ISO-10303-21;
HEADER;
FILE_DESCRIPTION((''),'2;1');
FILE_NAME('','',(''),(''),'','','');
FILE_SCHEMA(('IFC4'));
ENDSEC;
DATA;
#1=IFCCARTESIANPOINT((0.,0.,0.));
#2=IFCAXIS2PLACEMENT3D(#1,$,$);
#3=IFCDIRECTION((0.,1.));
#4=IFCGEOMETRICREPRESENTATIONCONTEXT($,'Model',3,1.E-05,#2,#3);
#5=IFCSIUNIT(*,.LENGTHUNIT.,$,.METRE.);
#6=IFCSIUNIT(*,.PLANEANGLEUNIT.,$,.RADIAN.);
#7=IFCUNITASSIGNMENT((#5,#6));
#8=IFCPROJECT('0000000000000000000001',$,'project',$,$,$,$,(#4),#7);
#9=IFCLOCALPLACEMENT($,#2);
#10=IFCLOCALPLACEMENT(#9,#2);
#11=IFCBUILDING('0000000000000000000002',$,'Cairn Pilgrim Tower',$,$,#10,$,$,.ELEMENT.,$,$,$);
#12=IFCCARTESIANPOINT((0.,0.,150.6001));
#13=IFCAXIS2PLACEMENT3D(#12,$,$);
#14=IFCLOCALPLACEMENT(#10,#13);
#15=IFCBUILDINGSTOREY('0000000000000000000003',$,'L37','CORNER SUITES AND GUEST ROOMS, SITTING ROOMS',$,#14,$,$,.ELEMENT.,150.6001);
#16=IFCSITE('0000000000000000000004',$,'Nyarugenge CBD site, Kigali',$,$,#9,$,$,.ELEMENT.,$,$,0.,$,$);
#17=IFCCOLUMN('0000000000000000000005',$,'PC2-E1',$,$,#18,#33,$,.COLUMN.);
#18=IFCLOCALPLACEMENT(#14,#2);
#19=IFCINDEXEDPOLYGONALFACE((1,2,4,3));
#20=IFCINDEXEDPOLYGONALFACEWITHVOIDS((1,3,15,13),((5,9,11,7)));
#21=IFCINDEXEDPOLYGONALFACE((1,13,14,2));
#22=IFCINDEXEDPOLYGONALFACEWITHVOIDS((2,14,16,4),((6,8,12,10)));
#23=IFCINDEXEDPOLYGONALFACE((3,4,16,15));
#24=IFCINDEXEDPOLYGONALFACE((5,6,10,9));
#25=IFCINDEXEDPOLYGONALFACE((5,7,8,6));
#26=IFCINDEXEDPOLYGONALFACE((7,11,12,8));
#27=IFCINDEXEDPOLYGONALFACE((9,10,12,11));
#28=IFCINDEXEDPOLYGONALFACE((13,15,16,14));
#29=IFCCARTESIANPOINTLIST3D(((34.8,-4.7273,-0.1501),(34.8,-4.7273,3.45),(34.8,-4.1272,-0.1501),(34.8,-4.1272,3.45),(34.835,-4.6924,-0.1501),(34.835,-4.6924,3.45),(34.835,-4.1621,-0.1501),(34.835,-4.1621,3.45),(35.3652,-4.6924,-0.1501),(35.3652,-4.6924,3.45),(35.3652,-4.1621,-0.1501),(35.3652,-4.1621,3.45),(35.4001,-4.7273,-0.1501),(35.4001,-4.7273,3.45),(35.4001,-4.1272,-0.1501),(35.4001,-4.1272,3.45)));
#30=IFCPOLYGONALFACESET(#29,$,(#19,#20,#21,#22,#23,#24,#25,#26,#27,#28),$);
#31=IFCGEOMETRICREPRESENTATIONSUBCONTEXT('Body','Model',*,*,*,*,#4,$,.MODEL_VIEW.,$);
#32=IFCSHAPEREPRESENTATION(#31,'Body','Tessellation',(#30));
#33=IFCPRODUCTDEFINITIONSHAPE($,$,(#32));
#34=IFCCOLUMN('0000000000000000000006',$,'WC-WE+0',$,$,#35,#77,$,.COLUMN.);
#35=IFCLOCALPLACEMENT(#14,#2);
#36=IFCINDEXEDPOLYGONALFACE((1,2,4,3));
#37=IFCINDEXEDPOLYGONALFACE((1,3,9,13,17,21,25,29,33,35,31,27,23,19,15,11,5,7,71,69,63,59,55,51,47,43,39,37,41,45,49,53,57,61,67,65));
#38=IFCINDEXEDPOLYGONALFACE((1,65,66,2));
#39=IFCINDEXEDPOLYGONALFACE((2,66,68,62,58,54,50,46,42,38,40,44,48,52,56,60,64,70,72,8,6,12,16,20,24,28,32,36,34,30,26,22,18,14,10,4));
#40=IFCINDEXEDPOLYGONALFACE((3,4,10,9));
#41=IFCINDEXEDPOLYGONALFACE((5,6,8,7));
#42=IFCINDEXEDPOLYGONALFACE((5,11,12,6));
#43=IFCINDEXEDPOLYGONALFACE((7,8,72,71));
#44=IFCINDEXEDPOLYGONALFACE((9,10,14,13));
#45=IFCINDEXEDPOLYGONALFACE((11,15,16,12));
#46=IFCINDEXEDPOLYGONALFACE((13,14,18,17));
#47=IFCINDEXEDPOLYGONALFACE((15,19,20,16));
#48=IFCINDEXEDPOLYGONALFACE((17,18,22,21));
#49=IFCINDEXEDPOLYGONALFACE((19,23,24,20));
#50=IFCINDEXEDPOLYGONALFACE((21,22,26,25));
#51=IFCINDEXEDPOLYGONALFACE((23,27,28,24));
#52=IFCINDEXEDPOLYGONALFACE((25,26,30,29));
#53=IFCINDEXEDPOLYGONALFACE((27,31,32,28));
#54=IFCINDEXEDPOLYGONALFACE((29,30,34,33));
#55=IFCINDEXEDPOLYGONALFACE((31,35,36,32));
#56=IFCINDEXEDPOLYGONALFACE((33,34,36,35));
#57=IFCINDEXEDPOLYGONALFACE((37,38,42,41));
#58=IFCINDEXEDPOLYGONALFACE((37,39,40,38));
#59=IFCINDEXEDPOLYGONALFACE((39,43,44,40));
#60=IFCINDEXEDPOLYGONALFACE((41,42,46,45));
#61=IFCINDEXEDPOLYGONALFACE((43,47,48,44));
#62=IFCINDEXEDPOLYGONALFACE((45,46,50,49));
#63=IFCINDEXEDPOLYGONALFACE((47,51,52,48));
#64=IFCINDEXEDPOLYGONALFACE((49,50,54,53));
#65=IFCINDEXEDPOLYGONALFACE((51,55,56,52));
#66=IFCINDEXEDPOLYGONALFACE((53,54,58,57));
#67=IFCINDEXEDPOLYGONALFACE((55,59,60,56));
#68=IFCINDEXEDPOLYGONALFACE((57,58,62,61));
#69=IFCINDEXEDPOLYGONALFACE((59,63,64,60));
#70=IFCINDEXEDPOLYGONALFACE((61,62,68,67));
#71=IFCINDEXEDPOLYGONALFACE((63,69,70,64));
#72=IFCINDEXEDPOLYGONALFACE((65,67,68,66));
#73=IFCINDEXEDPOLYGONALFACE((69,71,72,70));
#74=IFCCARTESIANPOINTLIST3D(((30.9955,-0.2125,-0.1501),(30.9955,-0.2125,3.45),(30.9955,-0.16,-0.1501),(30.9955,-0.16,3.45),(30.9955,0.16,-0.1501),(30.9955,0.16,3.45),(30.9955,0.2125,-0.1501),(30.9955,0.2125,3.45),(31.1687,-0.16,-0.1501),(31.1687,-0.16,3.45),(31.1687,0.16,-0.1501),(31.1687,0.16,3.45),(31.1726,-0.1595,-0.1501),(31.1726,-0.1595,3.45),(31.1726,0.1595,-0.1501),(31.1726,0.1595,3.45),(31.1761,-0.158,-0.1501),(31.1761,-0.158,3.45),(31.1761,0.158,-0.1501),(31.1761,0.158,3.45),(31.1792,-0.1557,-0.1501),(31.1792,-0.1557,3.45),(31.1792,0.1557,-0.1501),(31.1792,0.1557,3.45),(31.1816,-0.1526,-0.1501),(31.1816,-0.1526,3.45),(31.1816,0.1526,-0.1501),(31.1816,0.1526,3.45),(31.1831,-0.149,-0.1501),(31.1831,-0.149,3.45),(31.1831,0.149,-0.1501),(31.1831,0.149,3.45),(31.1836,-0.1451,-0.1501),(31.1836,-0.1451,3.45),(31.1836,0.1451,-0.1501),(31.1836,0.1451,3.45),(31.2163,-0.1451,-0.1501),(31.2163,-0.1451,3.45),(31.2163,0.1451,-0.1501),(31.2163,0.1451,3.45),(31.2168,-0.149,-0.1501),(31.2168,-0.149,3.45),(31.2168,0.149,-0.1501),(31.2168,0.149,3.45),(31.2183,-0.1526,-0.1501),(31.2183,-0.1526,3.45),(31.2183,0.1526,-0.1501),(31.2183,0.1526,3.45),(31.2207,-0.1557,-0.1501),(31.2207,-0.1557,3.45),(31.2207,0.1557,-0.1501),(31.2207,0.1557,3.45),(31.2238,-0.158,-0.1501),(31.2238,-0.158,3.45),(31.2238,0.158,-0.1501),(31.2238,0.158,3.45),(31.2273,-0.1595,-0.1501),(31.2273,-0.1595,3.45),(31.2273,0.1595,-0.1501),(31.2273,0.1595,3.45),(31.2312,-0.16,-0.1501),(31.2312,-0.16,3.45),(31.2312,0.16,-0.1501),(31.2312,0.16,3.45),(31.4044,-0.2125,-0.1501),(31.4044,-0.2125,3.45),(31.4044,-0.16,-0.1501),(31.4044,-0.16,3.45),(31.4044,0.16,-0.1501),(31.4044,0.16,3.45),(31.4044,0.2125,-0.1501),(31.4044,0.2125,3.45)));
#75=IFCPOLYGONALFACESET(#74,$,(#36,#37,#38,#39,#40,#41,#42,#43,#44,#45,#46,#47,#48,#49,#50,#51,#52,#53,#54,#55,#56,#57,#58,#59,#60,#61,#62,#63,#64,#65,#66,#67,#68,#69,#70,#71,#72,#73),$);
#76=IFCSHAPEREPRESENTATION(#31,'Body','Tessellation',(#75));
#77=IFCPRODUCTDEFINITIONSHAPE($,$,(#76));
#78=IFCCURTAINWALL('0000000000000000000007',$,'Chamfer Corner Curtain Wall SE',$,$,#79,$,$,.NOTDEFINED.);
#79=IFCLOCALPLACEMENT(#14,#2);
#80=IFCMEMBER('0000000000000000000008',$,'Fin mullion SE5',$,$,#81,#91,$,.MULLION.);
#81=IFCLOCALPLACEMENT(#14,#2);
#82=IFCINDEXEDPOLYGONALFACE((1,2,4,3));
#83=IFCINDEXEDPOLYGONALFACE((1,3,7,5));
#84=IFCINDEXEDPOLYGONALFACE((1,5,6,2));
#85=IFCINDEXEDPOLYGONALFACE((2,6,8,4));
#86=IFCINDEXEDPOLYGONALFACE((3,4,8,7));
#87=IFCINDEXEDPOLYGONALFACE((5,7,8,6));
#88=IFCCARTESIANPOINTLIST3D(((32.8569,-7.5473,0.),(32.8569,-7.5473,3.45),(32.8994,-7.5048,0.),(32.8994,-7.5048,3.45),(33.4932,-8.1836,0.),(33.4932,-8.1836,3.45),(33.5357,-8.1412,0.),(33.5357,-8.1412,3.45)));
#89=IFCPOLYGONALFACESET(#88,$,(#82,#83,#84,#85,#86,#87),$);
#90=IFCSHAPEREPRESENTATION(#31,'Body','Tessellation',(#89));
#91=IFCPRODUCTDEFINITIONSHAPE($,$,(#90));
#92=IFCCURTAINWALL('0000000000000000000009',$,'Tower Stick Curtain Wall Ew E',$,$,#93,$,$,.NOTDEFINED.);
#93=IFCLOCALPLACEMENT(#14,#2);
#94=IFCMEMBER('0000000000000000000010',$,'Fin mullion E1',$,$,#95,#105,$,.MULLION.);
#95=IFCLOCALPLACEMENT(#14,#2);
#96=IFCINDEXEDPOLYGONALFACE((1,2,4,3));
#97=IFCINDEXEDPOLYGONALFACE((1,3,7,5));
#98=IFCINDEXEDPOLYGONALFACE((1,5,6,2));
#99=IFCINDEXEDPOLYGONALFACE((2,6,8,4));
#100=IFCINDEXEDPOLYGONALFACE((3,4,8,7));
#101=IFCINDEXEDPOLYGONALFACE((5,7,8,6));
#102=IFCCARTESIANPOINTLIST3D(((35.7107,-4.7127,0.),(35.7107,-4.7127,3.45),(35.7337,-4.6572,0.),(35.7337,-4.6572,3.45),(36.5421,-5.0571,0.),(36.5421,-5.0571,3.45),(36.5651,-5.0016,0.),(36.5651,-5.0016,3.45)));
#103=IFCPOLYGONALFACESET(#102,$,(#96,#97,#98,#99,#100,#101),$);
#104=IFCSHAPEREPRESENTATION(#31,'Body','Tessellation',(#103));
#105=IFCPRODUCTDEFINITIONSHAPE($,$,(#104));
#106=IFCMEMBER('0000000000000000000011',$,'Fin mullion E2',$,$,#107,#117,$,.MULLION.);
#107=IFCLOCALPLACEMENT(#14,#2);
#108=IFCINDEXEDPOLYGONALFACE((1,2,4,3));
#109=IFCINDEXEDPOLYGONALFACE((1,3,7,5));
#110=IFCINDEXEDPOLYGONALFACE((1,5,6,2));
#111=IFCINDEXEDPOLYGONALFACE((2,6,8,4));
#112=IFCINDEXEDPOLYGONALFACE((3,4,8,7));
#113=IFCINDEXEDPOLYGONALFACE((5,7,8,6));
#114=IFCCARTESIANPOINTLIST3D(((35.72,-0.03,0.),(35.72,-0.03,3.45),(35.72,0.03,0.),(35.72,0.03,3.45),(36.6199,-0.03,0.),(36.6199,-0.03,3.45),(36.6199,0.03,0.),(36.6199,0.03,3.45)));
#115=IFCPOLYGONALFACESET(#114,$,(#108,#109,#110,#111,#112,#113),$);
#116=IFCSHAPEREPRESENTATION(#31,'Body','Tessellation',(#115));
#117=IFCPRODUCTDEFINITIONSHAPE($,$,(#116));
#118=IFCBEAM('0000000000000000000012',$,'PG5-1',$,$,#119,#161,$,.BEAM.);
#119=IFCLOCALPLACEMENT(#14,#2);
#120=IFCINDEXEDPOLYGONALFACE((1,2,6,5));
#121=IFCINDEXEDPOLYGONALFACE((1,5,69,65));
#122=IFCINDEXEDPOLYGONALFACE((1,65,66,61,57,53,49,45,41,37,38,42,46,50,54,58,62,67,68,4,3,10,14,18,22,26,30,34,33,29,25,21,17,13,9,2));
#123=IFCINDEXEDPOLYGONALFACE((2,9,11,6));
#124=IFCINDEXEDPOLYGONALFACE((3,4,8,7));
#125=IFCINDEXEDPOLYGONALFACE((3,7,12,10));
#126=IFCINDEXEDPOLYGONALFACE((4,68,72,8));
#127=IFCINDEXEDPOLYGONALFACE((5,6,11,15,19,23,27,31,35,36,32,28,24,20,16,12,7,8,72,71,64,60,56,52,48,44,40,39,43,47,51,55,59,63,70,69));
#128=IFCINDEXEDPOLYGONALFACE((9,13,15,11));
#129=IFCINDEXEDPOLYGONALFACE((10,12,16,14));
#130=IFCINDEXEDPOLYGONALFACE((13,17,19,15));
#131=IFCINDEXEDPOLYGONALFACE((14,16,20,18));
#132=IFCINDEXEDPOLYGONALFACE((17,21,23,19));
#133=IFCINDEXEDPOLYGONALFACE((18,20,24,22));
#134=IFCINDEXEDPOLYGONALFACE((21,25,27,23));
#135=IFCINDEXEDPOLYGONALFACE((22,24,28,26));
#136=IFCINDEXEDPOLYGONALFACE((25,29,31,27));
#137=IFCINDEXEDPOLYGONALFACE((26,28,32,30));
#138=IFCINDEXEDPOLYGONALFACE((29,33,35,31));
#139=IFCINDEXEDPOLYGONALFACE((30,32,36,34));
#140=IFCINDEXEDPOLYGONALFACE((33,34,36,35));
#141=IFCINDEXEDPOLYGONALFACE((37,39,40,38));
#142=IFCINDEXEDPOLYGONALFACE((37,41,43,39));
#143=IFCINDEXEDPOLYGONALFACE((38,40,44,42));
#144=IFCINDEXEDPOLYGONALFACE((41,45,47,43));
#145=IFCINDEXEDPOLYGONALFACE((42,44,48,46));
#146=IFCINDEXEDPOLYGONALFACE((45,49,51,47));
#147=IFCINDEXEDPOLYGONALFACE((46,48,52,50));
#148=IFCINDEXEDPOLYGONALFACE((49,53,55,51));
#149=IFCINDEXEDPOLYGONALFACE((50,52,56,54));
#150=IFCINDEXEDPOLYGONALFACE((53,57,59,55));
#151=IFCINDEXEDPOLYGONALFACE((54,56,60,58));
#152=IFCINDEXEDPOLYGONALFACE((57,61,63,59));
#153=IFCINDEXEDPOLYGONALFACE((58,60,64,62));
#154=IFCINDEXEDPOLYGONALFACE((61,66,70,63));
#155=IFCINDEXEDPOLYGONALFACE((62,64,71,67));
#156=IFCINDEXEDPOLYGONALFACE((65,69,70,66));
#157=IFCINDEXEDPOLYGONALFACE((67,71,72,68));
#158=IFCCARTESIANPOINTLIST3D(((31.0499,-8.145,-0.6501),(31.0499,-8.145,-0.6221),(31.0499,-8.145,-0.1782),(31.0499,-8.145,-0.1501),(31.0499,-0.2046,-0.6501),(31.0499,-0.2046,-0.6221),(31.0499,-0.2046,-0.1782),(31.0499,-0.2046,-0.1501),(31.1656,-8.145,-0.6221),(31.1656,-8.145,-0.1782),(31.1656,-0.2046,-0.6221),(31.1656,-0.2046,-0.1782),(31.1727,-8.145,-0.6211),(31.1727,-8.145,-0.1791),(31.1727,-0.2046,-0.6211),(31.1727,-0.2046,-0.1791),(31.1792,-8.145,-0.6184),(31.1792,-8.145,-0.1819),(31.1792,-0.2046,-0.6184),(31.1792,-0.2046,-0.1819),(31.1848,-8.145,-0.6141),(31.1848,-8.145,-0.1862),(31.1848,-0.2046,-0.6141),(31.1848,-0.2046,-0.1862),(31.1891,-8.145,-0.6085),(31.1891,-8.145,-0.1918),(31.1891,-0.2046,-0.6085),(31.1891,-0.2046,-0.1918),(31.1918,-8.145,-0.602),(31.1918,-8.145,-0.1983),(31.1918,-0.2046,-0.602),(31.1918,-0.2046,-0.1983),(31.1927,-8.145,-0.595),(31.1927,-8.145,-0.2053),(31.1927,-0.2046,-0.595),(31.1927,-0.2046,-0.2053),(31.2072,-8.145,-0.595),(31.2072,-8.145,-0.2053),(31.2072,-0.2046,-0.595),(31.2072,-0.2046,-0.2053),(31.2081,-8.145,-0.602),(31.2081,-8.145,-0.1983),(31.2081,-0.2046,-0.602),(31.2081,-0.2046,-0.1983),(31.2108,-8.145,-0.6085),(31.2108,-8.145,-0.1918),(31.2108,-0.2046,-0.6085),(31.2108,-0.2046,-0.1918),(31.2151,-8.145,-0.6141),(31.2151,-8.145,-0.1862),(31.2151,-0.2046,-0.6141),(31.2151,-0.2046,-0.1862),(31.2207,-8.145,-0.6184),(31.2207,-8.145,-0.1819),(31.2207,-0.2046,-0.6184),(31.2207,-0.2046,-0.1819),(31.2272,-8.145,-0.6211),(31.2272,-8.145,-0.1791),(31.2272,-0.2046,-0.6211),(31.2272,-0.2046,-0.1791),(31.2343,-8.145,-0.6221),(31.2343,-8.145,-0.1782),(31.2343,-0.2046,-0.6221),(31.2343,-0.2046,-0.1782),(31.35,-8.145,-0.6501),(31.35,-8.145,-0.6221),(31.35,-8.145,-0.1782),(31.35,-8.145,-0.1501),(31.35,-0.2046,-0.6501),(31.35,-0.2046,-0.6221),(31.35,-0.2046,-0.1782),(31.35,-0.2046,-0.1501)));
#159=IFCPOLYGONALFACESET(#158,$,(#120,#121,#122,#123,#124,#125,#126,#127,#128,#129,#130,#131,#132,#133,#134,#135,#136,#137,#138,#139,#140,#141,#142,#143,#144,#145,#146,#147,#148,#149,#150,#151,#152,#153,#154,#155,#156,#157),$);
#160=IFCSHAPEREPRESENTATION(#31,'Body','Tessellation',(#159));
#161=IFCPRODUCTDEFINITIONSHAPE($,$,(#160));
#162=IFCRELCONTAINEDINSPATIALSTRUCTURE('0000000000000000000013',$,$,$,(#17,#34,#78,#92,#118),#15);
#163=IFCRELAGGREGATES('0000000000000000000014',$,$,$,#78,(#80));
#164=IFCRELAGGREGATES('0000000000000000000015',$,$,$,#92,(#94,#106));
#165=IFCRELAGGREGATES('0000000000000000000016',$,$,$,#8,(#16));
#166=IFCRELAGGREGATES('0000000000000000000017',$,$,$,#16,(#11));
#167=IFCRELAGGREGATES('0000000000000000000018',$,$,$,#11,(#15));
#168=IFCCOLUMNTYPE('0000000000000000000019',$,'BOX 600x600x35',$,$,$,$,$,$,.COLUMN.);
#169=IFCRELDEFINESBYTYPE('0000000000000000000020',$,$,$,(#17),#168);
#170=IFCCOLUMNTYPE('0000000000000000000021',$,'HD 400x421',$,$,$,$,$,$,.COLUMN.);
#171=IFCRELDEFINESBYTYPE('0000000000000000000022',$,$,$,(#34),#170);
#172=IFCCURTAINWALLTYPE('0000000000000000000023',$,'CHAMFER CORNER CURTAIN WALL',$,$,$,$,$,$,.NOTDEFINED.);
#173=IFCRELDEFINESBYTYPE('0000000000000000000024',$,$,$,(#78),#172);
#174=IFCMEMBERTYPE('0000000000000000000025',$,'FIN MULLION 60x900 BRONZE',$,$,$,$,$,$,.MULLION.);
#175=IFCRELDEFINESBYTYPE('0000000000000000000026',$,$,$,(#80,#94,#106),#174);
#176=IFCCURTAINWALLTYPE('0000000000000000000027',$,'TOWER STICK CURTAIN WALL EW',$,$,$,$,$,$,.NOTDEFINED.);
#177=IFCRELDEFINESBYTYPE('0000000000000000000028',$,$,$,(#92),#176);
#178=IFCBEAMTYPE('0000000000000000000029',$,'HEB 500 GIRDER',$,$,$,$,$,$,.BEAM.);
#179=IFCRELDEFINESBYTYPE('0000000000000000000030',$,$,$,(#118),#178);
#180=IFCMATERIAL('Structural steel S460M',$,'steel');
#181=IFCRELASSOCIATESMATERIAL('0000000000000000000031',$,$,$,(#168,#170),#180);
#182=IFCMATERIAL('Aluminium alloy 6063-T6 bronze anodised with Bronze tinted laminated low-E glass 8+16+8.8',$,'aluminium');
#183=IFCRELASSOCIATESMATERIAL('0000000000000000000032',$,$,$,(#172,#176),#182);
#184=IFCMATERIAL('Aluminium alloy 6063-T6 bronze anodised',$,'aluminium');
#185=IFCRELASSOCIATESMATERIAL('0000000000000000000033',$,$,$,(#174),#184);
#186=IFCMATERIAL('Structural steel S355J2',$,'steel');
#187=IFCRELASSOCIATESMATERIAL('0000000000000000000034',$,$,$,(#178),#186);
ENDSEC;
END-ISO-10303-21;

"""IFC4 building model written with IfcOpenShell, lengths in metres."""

from ifc_helpers import new_model, si_unit, direction, frame, origin, origin_2d, place, context, subcontext, project, spatial, rectangle, hollow_rectangle, i_section, extrude, material, material_profile, profile_set, type_object, element, aggregate, save


model = new_model("IFC4")

# Units and contexts
model_context = context("Model", 3, precision=1e-05, world=origin(), true_north=direction((0.0, 1.0)))
body_context = subcontext(model_context, "Body", "Model", "MODEL_VIEW")
ifc_project = project(units=[si_unit("LENGTHUNIT", "METRE"), si_unit("PLANEANGLEUNIT", "RADIAN")], contexts=[model_context])

# Site, building, storey
site_placement = place(None, origin())
site = spatial("IfcSite", under=ifc_project, at=site_placement, Name="Nyarugenge CBD site, Kigali", CompositionType="ELEMENT", RefElevation=0.0)
building_placement = place(site_placement, origin())
building = spatial("IfcBuilding", under=site, at=building_placement, Name="Cairn Pilgrim Tower", CompositionType="ELEMENT")
storey_placement = place(building_placement, frame((0.0, 0.0, 150.6001)))
storey = spatial("IfcBuildingStorey", under=building, at=storey_placement, Name="L37", Description="CORNER SUITES AND GUEST ROOMS, SITTING ROOMS", CompositionType="ELEMENT", Elevation=150.6001)

# Columns
ifc_material_1 = material(Name="Structural steel S460M", Category="steel")
ifc_material_profile_1 = material_profile(ifc_material_1, hollow_rectangle(XDim=0.6001, YDim=0.6001, WallThickness=0.0349, at=origin_2d()), Name="BOX 600x600x35")
ifc_profile_set_1 = profile_set([ifc_material_profile_1], Name="Structural steel S460M")
column_type_1 = type_object("IfcColumnType", Name="BOX 600x600x35", PredefinedType="COLUMN", material=ifc_profile_set_1)
column_1_placement = place(storey_placement, frame((35.1001, -4.4272, -0.1501), z_axis=(0.0, 0.0, 1.0), x_axis=(1.0, 0.0, 0.0)))
element("IfcColumn", 1, at=column_1_placement, inside=storey, type_object=column_type_1, Name="PC2-E1", PredefinedType="COLUMN", context=body_context, shape_type="SweptSolid", body=[
    extrude(hollow_rectangle(XDim=0.6001, YDim=0.6001, WallThickness=0.0349, at=origin_2d()), origin(), (0.0, 0.0, 1.0), 3.6001),
])
ifc_material_profile_2 = material_profile(ifc_material_1, i_section(OverallWidth=0.4089, OverallDepth=0.425, WebThickness=0.0327, FlangeThickness=0.0525, FilletRadius=0.0149, at=origin_2d()), Name="HD 400x421")
ifc_profile_set_2 = profile_set([ifc_material_profile_2], Name="Structural steel S460M")
column_type_2 = type_object("IfcColumnType", Name="HD 400x421", PredefinedType="COLUMN", material=ifc_profile_set_2)
column_2_placement = place(storey_placement, frame((31.2, 0.0, -0.1501), z_axis=(0.0, 0.0, 1.0), x_axis=(1.0, 0.0, 0.0)))
element("IfcColumn", 2, at=column_2_placement, inside=storey, type_object=column_type_2, Name="WC-WE+0", PredefinedType="COLUMN", context=body_context, shape_type="SweptSolid", body=[
    extrude(i_section(OverallWidth=0.4089, OverallDepth=0.425, WebThickness=0.0327, FlangeThickness=0.0525, FilletRadius=0.0149, at=origin_2d()), origin(), (0.0, 0.0, 1.0), 3.6001),
])

# Curtain wall, member
ifc_material_2 = material(Name="Aluminium alloy 6063-T6 bronze anodised with Bronze tinted laminated low-E glass 8+16+8.8", Category="aluminium")
curtain_wall_type_1 = type_object("IfcCurtainWallType", Name="CHAMFER CORNER CURTAIN WALL", PredefinedType="NOTDEFINED", material=ifc_material_2)
curtain_wall_1_placement = place(storey_placement, origin())
curtain_wall_1 = element("IfcCurtainWall", 3, at=curtain_wall_1_placement, inside=storey, type_object=curtain_wall_type_1, Name="Chamfer Corner Curtain Wall SE", PredefinedType="NOTDEFINED")
ifc_material_3 = material(Name="Aluminium alloy 6063-T6 bronze anodised", Category="aluminium")
ifc_material_profile_3 = material_profile(ifc_material_3, rectangle(XDim=0.8999, YDim=0.0601, at=origin_2d()), Name="FIN MULLION 60x900 BRONZE")
ifc_profile_set_3 = profile_set([ifc_material_profile_3], Name="Aluminium alloy 6063-T6 bronze anodised")
member_type = type_object("IfcMemberType", Name="FIN MULLION 60x900 BRONZE", PredefinedType="MULLION", material=ifc_profile_set_3)
member_1_placement = place(storey_placement, frame((33.1963, -7.8442, 0.0), z_axis=(0.0, 0.0, 1.0), x_axis=(0.707107, -0.707107, 0.0)))
member_1 = element("IfcMember", 4, at=member_1_placement, type_object=member_type, Name="Fin mullion SE5", PredefinedType="MULLION", context=body_context, shape_type="SweptSolid", body=[
    extrude(rectangle(XDim=0.8999, YDim=0.0601, at=origin_2d()), origin(), (0.0, 0.0, 1.0), 3.45),
])
aggregate(curtain_wall_1, [member_1])

# Curtain wall, members
curtain_wall_type_2 = type_object("IfcCurtainWallType", Name="TOWER STICK CURTAIN WALL EW", PredefinedType="NOTDEFINED", material=ifc_material_2)
curtain_wall_2_placement = place(storey_placement, origin())
curtain_wall_2 = element("IfcCurtainWall", 5, at=curtain_wall_2_placement, inside=storey, type_object=curtain_wall_type_2, Name="Tower Stick Curtain Wall Ew E", PredefinedType="NOTDEFINED")
member_2_placement = place(storey_placement, frame((36.1379, -4.8572, 0.0), z_axis=(0.0, 0.0, 1.0), x_axis=(0.92388, -0.382683, 0.0)))
member_2 = element("IfcMember", 6, at=member_2_placement, type_object=member_type, Name="Fin mullion E1", PredefinedType="MULLION", context=body_context, shape_type="SweptSolid", body=[
    extrude(rectangle(XDim=0.8999, YDim=0.0601, at=origin_2d()), origin(), (0.0, 0.0, 1.0), 3.45),
])
member_3_placement = place(storey_placement, frame((36.1699, 0.0, 0.0), z_axis=(0.0, 0.0, 1.0), x_axis=(1.0, 0.0, 0.0)))
member_3 = element("IfcMember", 7, at=member_3_placement, type_object=member_type, Name="Fin mullion E2", PredefinedType="MULLION", context=body_context, shape_type="SweptSolid", body=[
    extrude(rectangle(XDim=0.8999, YDim=0.0601, at=origin_2d()), origin(), (0.0, 0.0, 1.0), 3.45),
])
aggregate(curtain_wall_2, [member_2, member_3])

# Beam
ifc_material_4 = material(Name="Structural steel S355J2", Category="steel")
ifc_material_profile_4 = material_profile(ifc_material_4, i_section(OverallWidth=0.3, OverallDepth=0.5, WebThickness=0.0144, FlangeThickness=0.0281, FilletRadius=0.0271, at=origin_2d()), Name="HEB 500")
ifc_profile_set_4 = profile_set([ifc_material_profile_4], Name="Structural steel S355J2")
beam_type_1 = type_object("IfcBeamType", Name="HEB 500 GIRDER", PredefinedType="BEAM", material=ifc_profile_set_4)
beam_1_placement = place(storey_placement, frame((31.2, -8.145, -0.4001), z_axis=(0.0, 1.0, 0.0), x_axis=(-1.0, 0.0, 0.0)))
element("IfcBeam", 8, at=beam_1_placement, inside=storey, type_object=beam_type_1, Name="PG5-1", PredefinedType="BEAM", context=body_context, shape_type="SweptSolid", body=[
    extrude(i_section(OverallWidth=0.3, OverallDepth=0.5, WebThickness=0.0144, FlangeThickness=0.0281, FilletRadius=0.0271, at=origin_2d()), origin(), (0.0, 0.0, 1.0), 7.9404),
])

save(model, "model.ifc")
